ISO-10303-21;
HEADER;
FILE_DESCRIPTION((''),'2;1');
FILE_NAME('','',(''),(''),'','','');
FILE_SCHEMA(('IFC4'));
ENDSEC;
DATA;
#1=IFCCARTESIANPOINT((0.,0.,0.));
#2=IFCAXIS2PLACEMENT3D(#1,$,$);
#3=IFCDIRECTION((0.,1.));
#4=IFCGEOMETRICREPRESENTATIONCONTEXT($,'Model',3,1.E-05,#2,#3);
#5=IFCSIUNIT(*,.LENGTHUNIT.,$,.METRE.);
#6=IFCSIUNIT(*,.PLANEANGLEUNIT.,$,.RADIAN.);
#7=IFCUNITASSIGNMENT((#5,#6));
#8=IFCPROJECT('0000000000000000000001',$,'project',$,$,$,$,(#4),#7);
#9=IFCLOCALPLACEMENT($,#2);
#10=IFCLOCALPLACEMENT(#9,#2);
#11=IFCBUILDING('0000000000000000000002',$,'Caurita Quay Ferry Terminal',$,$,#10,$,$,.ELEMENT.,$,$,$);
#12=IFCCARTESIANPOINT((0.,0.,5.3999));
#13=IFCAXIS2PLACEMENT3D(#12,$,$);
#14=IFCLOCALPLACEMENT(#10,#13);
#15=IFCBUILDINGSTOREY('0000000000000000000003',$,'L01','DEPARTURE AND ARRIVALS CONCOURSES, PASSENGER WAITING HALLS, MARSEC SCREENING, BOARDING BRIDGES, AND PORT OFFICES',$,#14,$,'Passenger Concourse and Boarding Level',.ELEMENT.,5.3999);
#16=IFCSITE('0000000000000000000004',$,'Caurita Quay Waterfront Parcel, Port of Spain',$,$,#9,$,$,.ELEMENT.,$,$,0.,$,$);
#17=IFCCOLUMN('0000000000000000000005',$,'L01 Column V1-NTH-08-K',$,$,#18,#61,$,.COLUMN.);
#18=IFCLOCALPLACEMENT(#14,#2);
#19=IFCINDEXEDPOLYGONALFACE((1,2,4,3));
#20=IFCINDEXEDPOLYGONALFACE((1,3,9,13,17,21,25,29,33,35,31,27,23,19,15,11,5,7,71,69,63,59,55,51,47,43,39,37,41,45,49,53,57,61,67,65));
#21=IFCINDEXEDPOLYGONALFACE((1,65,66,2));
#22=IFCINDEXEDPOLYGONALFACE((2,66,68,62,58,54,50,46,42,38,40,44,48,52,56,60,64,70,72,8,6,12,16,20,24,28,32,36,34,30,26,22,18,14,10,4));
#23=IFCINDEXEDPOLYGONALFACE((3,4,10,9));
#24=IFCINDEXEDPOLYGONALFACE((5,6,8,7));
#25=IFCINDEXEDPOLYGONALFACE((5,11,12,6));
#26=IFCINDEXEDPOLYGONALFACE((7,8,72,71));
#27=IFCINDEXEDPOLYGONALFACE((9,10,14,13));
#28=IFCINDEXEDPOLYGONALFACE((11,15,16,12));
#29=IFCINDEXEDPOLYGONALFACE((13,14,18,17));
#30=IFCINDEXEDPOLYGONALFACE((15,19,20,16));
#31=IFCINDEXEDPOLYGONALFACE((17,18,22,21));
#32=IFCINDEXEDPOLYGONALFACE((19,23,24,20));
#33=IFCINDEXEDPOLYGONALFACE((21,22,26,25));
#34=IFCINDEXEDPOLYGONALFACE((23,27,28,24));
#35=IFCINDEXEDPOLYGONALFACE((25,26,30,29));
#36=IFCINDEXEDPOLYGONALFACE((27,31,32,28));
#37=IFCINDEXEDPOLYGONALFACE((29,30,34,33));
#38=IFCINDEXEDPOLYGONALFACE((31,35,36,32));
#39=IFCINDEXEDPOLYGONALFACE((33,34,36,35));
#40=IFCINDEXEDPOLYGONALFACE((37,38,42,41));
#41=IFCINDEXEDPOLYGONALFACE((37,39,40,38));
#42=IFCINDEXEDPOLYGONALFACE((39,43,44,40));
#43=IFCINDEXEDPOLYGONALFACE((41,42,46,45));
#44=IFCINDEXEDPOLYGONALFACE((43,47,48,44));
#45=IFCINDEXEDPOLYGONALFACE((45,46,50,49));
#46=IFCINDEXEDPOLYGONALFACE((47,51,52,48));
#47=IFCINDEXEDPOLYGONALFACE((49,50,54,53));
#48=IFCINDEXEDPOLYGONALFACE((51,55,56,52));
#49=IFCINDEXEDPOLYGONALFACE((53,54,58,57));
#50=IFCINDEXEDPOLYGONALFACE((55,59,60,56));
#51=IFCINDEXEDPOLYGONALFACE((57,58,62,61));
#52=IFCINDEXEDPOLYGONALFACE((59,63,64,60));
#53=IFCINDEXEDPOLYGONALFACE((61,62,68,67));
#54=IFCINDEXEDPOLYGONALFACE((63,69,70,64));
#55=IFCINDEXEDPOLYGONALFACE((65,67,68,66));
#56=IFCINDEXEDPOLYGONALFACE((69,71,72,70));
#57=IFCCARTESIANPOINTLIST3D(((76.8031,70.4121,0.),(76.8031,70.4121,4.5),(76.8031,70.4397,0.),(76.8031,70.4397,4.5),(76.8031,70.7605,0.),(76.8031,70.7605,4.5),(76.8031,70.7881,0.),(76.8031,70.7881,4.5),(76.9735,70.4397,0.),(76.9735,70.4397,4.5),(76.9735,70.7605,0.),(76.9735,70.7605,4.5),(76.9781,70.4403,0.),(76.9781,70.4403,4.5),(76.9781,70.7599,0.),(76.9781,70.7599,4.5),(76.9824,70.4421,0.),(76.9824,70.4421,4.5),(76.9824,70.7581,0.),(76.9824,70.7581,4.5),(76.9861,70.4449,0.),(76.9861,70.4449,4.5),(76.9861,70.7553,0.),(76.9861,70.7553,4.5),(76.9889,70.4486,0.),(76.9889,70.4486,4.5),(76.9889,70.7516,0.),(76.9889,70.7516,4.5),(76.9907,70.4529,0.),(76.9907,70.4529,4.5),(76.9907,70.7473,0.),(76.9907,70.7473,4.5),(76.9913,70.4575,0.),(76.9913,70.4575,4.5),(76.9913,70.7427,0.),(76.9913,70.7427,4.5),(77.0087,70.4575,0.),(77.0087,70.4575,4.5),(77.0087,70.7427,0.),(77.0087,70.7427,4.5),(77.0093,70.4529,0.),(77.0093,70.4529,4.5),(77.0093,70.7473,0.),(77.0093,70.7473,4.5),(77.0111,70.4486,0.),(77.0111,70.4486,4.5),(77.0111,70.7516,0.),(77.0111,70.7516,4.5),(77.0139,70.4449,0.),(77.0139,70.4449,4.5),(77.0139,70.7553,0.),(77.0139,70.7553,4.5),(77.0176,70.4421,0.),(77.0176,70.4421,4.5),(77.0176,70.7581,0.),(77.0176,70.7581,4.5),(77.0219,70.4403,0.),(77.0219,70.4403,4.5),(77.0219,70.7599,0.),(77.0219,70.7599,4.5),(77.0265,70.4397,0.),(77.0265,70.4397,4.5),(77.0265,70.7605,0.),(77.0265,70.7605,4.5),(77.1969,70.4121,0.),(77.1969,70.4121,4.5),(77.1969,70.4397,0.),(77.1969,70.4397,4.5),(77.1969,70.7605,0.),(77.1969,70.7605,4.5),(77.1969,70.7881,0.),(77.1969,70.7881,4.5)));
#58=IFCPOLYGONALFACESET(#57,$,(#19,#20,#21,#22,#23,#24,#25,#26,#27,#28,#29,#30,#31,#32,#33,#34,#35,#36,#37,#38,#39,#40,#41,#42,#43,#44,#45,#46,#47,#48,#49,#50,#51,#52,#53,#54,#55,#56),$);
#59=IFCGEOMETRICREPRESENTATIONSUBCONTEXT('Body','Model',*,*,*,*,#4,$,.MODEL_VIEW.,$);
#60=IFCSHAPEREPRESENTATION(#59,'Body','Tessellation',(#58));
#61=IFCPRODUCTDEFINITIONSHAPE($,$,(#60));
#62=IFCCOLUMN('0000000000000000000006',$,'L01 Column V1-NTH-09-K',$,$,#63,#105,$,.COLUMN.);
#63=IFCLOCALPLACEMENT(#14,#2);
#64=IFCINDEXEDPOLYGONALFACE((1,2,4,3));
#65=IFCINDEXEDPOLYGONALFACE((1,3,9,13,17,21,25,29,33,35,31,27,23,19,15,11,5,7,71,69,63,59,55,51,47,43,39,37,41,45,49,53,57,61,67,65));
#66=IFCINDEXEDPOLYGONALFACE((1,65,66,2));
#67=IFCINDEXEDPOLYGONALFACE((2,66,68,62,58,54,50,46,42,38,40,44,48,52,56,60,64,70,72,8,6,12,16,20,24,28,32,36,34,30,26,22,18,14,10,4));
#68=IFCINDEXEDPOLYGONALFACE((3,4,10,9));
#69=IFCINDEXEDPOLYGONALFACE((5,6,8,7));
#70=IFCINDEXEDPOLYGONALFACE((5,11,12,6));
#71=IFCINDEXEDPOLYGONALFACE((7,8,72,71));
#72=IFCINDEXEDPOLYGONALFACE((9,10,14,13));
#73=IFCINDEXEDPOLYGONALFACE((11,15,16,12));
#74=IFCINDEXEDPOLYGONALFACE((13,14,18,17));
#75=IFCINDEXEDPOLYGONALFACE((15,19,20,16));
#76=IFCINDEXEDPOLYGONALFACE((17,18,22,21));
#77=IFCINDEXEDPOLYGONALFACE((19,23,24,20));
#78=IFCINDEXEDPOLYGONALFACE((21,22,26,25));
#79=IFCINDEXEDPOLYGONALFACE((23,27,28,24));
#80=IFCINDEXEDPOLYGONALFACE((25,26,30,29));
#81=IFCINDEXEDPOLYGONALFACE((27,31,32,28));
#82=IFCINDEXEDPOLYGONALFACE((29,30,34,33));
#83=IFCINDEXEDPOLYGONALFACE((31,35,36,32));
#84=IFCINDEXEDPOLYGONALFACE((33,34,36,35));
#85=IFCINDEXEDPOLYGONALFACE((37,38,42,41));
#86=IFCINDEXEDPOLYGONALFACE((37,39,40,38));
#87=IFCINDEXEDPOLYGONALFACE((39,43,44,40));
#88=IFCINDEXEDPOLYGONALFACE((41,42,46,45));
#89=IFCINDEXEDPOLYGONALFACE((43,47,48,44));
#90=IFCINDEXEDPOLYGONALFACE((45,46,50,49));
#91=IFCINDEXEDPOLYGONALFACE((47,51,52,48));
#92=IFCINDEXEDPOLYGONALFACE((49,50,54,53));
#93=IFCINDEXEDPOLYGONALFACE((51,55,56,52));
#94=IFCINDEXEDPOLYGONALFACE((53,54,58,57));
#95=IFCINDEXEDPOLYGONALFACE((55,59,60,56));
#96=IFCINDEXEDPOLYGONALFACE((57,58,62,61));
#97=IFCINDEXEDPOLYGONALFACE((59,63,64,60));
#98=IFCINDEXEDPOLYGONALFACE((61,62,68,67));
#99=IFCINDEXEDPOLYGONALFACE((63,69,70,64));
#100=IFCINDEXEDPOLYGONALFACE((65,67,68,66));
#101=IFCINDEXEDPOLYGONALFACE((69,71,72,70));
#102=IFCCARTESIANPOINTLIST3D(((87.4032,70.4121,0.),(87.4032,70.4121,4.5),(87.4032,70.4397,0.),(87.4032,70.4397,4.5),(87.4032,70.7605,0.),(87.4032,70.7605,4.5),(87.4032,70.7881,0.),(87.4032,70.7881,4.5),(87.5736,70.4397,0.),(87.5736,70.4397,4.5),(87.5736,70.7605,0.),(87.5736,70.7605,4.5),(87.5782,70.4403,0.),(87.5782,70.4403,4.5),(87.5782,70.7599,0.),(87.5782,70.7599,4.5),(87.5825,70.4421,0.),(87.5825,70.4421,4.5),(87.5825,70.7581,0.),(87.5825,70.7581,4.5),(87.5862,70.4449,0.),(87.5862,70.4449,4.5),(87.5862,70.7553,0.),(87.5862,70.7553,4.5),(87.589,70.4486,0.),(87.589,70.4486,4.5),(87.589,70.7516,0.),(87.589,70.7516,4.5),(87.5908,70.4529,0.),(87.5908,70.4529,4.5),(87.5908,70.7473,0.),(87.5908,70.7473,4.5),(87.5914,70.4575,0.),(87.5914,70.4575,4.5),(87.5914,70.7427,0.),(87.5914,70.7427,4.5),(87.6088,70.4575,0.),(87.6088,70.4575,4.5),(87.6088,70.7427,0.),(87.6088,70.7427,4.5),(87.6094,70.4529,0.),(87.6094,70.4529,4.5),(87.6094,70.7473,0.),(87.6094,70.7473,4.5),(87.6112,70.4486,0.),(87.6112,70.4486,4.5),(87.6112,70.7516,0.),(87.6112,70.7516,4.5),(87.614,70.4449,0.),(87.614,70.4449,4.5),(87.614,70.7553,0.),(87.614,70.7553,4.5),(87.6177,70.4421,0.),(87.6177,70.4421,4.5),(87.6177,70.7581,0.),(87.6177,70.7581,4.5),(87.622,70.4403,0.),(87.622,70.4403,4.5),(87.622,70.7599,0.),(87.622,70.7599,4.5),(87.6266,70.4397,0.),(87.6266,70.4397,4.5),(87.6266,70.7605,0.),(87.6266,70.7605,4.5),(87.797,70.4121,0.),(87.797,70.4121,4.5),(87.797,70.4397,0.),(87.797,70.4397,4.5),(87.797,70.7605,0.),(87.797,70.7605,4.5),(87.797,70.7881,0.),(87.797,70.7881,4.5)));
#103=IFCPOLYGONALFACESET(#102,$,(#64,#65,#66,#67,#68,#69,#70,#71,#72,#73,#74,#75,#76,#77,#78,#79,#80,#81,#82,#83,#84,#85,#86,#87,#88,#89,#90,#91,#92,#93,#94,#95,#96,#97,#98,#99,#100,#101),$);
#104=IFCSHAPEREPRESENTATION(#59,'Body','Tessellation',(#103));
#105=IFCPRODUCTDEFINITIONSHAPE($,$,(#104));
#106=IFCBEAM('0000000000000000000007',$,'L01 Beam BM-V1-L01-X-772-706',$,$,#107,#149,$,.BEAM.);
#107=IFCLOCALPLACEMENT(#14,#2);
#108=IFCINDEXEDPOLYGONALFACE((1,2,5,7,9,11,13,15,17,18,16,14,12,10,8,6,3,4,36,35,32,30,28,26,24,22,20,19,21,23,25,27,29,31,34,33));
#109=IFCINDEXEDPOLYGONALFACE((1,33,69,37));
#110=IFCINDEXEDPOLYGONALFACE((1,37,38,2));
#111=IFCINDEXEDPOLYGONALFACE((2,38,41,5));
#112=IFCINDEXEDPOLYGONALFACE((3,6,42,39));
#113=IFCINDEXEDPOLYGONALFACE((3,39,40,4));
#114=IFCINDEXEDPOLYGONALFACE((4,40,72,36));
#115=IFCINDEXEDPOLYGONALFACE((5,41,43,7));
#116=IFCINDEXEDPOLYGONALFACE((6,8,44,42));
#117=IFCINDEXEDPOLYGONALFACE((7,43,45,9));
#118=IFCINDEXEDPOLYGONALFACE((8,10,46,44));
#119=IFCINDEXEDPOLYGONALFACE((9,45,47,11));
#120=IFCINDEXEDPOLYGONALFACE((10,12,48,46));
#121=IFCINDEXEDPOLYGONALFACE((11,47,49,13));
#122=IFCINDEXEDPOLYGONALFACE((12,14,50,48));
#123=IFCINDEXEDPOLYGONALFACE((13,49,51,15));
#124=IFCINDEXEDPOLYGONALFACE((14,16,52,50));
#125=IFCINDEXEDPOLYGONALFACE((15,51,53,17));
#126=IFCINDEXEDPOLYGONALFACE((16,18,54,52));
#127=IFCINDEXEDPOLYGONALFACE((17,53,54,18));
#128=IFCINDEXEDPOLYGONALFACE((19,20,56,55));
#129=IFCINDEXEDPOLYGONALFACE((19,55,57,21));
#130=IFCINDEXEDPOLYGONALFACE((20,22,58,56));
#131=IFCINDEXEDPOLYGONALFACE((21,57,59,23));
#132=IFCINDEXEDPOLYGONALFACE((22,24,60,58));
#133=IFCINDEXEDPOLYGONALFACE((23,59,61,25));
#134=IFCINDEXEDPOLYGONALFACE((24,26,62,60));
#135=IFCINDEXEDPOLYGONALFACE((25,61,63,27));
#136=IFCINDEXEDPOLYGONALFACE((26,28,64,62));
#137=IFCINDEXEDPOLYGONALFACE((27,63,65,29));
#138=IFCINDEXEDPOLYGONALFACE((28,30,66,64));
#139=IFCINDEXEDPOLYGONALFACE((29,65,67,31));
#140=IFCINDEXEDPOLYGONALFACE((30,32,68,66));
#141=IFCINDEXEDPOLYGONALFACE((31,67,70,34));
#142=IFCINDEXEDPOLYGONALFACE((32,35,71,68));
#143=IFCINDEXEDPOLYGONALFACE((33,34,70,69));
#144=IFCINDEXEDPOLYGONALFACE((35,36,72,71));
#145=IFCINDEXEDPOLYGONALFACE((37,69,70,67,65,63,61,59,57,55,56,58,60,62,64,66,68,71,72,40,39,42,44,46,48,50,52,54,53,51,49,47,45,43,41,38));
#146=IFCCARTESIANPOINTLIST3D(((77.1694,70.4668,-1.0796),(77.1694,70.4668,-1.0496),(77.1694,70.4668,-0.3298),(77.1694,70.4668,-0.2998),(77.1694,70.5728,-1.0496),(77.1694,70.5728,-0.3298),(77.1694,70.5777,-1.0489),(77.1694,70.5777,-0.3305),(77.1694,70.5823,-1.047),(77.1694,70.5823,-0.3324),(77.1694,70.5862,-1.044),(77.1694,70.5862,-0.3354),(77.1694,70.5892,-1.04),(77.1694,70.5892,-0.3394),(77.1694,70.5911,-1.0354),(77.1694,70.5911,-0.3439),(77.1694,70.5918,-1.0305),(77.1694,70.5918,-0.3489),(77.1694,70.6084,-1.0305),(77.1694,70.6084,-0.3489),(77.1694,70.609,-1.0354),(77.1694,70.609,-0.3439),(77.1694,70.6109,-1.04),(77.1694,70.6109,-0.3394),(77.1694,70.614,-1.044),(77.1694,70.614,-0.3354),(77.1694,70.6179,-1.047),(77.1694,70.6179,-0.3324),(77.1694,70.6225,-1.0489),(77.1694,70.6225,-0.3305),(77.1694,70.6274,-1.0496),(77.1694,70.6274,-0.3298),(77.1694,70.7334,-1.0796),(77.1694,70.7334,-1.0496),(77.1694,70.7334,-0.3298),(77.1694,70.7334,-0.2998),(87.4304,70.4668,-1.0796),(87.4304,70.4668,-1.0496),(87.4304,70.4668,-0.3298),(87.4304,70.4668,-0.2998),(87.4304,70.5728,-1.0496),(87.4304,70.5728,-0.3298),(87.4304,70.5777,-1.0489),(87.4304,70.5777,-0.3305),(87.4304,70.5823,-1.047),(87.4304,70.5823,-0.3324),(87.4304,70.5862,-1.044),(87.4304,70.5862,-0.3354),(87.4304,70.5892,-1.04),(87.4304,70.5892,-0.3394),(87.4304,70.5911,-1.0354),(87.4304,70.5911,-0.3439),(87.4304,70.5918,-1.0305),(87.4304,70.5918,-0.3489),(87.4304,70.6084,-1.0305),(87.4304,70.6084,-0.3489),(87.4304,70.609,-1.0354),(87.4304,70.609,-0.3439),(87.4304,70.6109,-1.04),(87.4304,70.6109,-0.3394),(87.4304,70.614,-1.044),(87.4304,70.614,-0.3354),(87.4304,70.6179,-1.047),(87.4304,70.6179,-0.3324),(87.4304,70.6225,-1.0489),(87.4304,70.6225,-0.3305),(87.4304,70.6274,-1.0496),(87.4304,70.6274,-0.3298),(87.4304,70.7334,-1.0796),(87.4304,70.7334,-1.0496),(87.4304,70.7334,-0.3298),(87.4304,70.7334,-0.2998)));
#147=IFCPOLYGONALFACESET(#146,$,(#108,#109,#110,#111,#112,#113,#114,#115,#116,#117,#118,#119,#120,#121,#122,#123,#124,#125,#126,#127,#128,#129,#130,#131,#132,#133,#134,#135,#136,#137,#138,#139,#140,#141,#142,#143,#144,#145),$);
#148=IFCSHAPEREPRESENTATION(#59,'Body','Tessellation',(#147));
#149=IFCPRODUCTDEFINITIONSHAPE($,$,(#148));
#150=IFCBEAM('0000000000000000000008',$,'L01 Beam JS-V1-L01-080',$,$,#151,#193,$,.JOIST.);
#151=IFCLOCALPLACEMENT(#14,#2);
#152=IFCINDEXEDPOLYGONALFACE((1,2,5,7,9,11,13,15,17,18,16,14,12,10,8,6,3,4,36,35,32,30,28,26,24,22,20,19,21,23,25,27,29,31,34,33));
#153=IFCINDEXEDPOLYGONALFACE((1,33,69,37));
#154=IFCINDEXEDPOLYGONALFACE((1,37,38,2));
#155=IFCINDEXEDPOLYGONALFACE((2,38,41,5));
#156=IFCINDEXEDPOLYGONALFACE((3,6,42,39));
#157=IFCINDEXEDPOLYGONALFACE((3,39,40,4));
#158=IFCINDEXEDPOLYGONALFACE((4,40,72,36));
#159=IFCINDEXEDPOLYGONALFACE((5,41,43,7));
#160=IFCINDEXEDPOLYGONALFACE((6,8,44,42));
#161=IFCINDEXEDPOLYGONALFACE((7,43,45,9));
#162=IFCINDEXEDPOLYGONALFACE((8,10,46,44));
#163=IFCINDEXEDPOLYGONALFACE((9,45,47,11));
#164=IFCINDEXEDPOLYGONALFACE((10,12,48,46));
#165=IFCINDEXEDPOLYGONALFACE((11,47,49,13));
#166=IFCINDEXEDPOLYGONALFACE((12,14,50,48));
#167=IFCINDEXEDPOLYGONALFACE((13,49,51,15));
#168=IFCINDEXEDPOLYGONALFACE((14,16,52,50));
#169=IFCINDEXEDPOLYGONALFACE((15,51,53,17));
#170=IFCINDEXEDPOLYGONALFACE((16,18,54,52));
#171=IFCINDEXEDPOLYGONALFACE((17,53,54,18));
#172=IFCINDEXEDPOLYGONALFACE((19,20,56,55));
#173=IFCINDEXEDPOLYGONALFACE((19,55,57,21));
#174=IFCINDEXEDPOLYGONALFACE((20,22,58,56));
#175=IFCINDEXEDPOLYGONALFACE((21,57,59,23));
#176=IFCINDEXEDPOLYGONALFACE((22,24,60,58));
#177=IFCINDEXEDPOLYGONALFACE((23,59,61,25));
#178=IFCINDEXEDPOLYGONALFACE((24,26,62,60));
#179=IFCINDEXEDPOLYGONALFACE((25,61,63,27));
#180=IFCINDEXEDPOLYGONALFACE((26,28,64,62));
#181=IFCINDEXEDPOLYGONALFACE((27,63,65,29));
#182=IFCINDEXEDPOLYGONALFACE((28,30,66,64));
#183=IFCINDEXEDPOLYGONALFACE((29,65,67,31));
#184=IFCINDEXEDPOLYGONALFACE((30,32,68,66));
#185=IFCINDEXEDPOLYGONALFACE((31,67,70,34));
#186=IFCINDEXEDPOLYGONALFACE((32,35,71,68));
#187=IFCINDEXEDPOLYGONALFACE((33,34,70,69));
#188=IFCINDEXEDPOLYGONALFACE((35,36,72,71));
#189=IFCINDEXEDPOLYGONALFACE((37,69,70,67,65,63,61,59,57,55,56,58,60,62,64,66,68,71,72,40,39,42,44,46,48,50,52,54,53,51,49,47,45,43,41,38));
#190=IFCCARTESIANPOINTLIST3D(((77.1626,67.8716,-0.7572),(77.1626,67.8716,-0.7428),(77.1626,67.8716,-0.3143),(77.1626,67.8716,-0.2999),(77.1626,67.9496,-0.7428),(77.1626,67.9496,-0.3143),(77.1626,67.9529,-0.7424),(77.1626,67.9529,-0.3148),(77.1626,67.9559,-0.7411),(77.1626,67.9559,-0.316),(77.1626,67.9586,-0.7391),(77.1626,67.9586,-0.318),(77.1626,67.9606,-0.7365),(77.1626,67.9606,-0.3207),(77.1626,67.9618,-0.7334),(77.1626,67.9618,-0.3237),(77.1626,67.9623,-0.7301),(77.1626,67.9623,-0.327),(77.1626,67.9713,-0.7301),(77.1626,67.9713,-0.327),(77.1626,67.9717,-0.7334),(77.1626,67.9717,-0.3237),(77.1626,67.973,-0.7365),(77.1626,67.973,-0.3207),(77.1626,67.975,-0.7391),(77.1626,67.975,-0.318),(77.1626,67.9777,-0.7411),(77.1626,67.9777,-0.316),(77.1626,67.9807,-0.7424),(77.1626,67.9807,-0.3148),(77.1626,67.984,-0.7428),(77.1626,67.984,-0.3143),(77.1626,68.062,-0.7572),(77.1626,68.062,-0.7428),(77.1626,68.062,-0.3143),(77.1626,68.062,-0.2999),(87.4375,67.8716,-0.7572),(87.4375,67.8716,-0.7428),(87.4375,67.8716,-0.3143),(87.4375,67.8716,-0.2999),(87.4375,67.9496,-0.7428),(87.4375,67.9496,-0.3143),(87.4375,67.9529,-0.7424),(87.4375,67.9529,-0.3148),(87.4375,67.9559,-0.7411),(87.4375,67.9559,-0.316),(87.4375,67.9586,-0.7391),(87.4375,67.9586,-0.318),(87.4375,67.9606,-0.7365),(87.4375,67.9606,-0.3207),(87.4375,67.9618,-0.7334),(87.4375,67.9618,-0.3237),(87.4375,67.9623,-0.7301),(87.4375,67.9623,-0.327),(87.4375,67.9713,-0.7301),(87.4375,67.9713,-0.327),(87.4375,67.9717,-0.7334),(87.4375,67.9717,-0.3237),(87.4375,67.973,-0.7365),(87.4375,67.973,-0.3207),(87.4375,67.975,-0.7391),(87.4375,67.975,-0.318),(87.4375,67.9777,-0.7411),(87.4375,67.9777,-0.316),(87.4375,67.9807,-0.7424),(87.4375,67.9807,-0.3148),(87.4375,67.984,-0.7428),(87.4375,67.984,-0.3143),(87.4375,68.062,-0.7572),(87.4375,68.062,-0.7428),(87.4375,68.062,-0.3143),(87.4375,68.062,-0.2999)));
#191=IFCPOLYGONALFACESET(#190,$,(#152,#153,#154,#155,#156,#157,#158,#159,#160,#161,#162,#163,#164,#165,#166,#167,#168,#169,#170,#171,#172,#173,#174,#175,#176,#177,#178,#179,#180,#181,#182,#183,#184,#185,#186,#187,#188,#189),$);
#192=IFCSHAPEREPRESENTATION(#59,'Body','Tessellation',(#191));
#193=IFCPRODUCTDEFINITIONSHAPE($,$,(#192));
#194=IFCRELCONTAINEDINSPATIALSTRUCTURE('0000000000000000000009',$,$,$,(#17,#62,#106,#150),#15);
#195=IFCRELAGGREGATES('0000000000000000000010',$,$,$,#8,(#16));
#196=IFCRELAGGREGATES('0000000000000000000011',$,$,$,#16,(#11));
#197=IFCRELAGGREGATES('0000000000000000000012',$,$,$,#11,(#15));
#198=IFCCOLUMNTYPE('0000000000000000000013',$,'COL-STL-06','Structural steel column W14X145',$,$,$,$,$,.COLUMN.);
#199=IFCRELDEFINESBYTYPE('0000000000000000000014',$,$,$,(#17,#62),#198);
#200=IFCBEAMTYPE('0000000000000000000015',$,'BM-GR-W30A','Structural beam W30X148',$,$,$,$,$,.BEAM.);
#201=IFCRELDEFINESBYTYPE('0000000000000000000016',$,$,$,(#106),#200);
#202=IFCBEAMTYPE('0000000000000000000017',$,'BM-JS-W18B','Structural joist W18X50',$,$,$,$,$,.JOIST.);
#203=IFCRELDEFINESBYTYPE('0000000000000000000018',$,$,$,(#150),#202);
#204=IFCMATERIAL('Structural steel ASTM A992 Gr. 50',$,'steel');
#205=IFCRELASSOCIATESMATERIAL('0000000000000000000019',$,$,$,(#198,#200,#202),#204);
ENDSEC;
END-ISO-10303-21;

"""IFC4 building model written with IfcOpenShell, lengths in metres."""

from ifc_helpers import new_model, si_unit, direction, frame, origin, origin_2d, place, context, subcontext, project, spatial, i_section, extrude, material, material_profile, profile_set, type_object, element, save


model = new_model("IFC4")

# Units and contexts
model_context = context("Model", 3, precision=1e-05, world=origin(), true_north=direction((0.0, 1.0)))
body_context = subcontext(model_context, "Body", "Model", "MODEL_VIEW")
ifc_project = project(units=[si_unit("LENGTHUNIT", "METRE"), si_unit("PLANEANGLEUNIT", "RADIAN")], contexts=[model_context])

# Site, building, storey
site_placement = place(None, origin())
site = spatial("IfcSite", under=ifc_project, at=site_placement, Name="Caurita Quay Waterfront Parcel, Port of Spain", CompositionType="ELEMENT", RefElevation=0.0)
building_placement = place(site_placement, origin())
building = spatial("IfcBuilding", under=site, at=building_placement, Name="Caurita Quay Ferry Terminal", CompositionType="ELEMENT")
storey_placement = place(building_placement, frame((0.0, 0.0, 5.3999)))
storey = spatial("IfcBuildingStorey", under=building, at=storey_placement, Name="L01", Description="DEPARTURE AND ARRIVALS CONCOURSES, PASSENGER WAITING HALLS, MARSEC SCREENING, BOARDING BRIDGES, AND PORT OFFICES", LongName="Passenger Concourse and Boarding Level", CompositionType="ELEMENT", Elevation=5.3999)

# Columns
ifc_material_1 = material(Name="Structural steel ASTM A992 Gr. 50", Category="steel")
ifc_material_profile_1 = material_profile(ifc_material_1, i_section(OverallWidth=0.3938, OverallDepth=0.376, WebThickness=0.0173, FlangeThickness=0.0276, FilletRadius=0.0178, at=origin_2d()), Name="W14X145")
ifc_profile_set_1 = profile_set([ifc_material_profile_1], Name="Structural steel ASTM A992 Gr. 50")
column_type = type_object("IfcColumnType", Name="COL-STL-06", Description="Structural steel column W14X145", PredefinedType="COLUMN", material=ifc_profile_set_1)
for number, where, z_axis, x_axis, name in (
    (1, (77.0, 70.6001, 0.0), (0.0, 0.0, 1.0), (1.0, 0.0, 0.0), "L01 Column V1-NTH-08-K"),
    (2, (87.6001, 70.6001, 0.0), (0.0, 0.0, 1.0), (1.0, 0.0, 0.0), "L01 Column V1-NTH-09-K"),
):
    element("IfcColumn", number, at=place(storey_placement, frame(where, z_axis=z_axis, x_axis=x_axis)), inside=storey, type_object=column_type, Name=name, PredefinedType="COLUMN", context=body_context, shape_type="SweptSolid", body=[
        extrude(i_section(OverallWidth=0.3938, OverallDepth=0.376, WebThickness=0.0173, FlangeThickness=0.0276, FilletRadius=0.0178, at=origin_2d()), origin(), (0.0, 0.0, 1.0), 4.5),
    ])

# Beams
ifc_material_profile_2 = material_profile(ifc_material_1, i_section(OverallWidth=0.2666, OverallDepth=0.7798, WebThickness=0.0166, FlangeThickness=0.03, FilletRadius=0.019, at=origin_2d()), Name="W30X148")
ifc_profile_set_2 = profile_set([ifc_material_profile_2], Name="Structural steel ASTM A992 Gr. 50")
beam_type_1 = type_object("IfcBeamType", Name="BM-GR-W30A", Description="Structural beam W30X148", PredefinedType="BEAM", material=ifc_profile_set_2)
beam_1_placement = place(storey_placement, frame((77.1694, 70.6001, -0.6897), z_axis=(1.0, 0.0, 0.0), x_axis=(0.0, 1.0, 0.0)))
element("IfcBeam", 3, at=beam_1_placement, inside=storey, type_object=beam_type_1, Name="L01 Beam BM-V1-L01-X-772-706", PredefinedType="BEAM", context=body_context, shape_type="SweptSolid", body=[
    extrude(i_section(OverallWidth=0.2666, OverallDepth=0.7798, WebThickness=0.0166, FlangeThickness=0.03, FilletRadius=0.019, at=origin_2d()), origin(), (0.0, 0.0, 1.0), 10.261),
])
ifc_material_profile_3 = material_profile(ifc_material_1, i_section(OverallWidth=0.1904, OverallDepth=0.4573, WebThickness=0.009, FlangeThickness=0.0144, FilletRadius=0.0127, at=origin_2d()), Name="W18X50")
ifc_profile_set_3 = profile_set([ifc_material_profile_3], Name="Structural steel ASTM A992 Gr. 50")
beam_type_2 = type_object("IfcBeamType", Name="BM-JS-W18B", Description="Structural joist W18X50", PredefinedType="JOIST", material=ifc_profile_set_3)
beam_2_placement = place(storey_placement, frame((77.1626, 67.9668, -0.5286), z_axis=(1.0, 0.0, 0.0), x_axis=(0.0, 1.0, 0.0)))
element("IfcBeam", 4, at=beam_2_placement, inside=storey, type_object=beam_type_2, Name="L01 Beam JS-V1-L01-080", PredefinedType="JOIST", context=body_context, shape_type="SweptSolid", body=[
    extrude(i_section(OverallWidth=0.1904, OverallDepth=0.4573, WebThickness=0.009, FlangeThickness=0.0144, FilletRadius=0.0127, at=origin_2d()), origin(), (0.0, 0.0, 1.0), 10.2749),
])

save(model, "model.ifc")
